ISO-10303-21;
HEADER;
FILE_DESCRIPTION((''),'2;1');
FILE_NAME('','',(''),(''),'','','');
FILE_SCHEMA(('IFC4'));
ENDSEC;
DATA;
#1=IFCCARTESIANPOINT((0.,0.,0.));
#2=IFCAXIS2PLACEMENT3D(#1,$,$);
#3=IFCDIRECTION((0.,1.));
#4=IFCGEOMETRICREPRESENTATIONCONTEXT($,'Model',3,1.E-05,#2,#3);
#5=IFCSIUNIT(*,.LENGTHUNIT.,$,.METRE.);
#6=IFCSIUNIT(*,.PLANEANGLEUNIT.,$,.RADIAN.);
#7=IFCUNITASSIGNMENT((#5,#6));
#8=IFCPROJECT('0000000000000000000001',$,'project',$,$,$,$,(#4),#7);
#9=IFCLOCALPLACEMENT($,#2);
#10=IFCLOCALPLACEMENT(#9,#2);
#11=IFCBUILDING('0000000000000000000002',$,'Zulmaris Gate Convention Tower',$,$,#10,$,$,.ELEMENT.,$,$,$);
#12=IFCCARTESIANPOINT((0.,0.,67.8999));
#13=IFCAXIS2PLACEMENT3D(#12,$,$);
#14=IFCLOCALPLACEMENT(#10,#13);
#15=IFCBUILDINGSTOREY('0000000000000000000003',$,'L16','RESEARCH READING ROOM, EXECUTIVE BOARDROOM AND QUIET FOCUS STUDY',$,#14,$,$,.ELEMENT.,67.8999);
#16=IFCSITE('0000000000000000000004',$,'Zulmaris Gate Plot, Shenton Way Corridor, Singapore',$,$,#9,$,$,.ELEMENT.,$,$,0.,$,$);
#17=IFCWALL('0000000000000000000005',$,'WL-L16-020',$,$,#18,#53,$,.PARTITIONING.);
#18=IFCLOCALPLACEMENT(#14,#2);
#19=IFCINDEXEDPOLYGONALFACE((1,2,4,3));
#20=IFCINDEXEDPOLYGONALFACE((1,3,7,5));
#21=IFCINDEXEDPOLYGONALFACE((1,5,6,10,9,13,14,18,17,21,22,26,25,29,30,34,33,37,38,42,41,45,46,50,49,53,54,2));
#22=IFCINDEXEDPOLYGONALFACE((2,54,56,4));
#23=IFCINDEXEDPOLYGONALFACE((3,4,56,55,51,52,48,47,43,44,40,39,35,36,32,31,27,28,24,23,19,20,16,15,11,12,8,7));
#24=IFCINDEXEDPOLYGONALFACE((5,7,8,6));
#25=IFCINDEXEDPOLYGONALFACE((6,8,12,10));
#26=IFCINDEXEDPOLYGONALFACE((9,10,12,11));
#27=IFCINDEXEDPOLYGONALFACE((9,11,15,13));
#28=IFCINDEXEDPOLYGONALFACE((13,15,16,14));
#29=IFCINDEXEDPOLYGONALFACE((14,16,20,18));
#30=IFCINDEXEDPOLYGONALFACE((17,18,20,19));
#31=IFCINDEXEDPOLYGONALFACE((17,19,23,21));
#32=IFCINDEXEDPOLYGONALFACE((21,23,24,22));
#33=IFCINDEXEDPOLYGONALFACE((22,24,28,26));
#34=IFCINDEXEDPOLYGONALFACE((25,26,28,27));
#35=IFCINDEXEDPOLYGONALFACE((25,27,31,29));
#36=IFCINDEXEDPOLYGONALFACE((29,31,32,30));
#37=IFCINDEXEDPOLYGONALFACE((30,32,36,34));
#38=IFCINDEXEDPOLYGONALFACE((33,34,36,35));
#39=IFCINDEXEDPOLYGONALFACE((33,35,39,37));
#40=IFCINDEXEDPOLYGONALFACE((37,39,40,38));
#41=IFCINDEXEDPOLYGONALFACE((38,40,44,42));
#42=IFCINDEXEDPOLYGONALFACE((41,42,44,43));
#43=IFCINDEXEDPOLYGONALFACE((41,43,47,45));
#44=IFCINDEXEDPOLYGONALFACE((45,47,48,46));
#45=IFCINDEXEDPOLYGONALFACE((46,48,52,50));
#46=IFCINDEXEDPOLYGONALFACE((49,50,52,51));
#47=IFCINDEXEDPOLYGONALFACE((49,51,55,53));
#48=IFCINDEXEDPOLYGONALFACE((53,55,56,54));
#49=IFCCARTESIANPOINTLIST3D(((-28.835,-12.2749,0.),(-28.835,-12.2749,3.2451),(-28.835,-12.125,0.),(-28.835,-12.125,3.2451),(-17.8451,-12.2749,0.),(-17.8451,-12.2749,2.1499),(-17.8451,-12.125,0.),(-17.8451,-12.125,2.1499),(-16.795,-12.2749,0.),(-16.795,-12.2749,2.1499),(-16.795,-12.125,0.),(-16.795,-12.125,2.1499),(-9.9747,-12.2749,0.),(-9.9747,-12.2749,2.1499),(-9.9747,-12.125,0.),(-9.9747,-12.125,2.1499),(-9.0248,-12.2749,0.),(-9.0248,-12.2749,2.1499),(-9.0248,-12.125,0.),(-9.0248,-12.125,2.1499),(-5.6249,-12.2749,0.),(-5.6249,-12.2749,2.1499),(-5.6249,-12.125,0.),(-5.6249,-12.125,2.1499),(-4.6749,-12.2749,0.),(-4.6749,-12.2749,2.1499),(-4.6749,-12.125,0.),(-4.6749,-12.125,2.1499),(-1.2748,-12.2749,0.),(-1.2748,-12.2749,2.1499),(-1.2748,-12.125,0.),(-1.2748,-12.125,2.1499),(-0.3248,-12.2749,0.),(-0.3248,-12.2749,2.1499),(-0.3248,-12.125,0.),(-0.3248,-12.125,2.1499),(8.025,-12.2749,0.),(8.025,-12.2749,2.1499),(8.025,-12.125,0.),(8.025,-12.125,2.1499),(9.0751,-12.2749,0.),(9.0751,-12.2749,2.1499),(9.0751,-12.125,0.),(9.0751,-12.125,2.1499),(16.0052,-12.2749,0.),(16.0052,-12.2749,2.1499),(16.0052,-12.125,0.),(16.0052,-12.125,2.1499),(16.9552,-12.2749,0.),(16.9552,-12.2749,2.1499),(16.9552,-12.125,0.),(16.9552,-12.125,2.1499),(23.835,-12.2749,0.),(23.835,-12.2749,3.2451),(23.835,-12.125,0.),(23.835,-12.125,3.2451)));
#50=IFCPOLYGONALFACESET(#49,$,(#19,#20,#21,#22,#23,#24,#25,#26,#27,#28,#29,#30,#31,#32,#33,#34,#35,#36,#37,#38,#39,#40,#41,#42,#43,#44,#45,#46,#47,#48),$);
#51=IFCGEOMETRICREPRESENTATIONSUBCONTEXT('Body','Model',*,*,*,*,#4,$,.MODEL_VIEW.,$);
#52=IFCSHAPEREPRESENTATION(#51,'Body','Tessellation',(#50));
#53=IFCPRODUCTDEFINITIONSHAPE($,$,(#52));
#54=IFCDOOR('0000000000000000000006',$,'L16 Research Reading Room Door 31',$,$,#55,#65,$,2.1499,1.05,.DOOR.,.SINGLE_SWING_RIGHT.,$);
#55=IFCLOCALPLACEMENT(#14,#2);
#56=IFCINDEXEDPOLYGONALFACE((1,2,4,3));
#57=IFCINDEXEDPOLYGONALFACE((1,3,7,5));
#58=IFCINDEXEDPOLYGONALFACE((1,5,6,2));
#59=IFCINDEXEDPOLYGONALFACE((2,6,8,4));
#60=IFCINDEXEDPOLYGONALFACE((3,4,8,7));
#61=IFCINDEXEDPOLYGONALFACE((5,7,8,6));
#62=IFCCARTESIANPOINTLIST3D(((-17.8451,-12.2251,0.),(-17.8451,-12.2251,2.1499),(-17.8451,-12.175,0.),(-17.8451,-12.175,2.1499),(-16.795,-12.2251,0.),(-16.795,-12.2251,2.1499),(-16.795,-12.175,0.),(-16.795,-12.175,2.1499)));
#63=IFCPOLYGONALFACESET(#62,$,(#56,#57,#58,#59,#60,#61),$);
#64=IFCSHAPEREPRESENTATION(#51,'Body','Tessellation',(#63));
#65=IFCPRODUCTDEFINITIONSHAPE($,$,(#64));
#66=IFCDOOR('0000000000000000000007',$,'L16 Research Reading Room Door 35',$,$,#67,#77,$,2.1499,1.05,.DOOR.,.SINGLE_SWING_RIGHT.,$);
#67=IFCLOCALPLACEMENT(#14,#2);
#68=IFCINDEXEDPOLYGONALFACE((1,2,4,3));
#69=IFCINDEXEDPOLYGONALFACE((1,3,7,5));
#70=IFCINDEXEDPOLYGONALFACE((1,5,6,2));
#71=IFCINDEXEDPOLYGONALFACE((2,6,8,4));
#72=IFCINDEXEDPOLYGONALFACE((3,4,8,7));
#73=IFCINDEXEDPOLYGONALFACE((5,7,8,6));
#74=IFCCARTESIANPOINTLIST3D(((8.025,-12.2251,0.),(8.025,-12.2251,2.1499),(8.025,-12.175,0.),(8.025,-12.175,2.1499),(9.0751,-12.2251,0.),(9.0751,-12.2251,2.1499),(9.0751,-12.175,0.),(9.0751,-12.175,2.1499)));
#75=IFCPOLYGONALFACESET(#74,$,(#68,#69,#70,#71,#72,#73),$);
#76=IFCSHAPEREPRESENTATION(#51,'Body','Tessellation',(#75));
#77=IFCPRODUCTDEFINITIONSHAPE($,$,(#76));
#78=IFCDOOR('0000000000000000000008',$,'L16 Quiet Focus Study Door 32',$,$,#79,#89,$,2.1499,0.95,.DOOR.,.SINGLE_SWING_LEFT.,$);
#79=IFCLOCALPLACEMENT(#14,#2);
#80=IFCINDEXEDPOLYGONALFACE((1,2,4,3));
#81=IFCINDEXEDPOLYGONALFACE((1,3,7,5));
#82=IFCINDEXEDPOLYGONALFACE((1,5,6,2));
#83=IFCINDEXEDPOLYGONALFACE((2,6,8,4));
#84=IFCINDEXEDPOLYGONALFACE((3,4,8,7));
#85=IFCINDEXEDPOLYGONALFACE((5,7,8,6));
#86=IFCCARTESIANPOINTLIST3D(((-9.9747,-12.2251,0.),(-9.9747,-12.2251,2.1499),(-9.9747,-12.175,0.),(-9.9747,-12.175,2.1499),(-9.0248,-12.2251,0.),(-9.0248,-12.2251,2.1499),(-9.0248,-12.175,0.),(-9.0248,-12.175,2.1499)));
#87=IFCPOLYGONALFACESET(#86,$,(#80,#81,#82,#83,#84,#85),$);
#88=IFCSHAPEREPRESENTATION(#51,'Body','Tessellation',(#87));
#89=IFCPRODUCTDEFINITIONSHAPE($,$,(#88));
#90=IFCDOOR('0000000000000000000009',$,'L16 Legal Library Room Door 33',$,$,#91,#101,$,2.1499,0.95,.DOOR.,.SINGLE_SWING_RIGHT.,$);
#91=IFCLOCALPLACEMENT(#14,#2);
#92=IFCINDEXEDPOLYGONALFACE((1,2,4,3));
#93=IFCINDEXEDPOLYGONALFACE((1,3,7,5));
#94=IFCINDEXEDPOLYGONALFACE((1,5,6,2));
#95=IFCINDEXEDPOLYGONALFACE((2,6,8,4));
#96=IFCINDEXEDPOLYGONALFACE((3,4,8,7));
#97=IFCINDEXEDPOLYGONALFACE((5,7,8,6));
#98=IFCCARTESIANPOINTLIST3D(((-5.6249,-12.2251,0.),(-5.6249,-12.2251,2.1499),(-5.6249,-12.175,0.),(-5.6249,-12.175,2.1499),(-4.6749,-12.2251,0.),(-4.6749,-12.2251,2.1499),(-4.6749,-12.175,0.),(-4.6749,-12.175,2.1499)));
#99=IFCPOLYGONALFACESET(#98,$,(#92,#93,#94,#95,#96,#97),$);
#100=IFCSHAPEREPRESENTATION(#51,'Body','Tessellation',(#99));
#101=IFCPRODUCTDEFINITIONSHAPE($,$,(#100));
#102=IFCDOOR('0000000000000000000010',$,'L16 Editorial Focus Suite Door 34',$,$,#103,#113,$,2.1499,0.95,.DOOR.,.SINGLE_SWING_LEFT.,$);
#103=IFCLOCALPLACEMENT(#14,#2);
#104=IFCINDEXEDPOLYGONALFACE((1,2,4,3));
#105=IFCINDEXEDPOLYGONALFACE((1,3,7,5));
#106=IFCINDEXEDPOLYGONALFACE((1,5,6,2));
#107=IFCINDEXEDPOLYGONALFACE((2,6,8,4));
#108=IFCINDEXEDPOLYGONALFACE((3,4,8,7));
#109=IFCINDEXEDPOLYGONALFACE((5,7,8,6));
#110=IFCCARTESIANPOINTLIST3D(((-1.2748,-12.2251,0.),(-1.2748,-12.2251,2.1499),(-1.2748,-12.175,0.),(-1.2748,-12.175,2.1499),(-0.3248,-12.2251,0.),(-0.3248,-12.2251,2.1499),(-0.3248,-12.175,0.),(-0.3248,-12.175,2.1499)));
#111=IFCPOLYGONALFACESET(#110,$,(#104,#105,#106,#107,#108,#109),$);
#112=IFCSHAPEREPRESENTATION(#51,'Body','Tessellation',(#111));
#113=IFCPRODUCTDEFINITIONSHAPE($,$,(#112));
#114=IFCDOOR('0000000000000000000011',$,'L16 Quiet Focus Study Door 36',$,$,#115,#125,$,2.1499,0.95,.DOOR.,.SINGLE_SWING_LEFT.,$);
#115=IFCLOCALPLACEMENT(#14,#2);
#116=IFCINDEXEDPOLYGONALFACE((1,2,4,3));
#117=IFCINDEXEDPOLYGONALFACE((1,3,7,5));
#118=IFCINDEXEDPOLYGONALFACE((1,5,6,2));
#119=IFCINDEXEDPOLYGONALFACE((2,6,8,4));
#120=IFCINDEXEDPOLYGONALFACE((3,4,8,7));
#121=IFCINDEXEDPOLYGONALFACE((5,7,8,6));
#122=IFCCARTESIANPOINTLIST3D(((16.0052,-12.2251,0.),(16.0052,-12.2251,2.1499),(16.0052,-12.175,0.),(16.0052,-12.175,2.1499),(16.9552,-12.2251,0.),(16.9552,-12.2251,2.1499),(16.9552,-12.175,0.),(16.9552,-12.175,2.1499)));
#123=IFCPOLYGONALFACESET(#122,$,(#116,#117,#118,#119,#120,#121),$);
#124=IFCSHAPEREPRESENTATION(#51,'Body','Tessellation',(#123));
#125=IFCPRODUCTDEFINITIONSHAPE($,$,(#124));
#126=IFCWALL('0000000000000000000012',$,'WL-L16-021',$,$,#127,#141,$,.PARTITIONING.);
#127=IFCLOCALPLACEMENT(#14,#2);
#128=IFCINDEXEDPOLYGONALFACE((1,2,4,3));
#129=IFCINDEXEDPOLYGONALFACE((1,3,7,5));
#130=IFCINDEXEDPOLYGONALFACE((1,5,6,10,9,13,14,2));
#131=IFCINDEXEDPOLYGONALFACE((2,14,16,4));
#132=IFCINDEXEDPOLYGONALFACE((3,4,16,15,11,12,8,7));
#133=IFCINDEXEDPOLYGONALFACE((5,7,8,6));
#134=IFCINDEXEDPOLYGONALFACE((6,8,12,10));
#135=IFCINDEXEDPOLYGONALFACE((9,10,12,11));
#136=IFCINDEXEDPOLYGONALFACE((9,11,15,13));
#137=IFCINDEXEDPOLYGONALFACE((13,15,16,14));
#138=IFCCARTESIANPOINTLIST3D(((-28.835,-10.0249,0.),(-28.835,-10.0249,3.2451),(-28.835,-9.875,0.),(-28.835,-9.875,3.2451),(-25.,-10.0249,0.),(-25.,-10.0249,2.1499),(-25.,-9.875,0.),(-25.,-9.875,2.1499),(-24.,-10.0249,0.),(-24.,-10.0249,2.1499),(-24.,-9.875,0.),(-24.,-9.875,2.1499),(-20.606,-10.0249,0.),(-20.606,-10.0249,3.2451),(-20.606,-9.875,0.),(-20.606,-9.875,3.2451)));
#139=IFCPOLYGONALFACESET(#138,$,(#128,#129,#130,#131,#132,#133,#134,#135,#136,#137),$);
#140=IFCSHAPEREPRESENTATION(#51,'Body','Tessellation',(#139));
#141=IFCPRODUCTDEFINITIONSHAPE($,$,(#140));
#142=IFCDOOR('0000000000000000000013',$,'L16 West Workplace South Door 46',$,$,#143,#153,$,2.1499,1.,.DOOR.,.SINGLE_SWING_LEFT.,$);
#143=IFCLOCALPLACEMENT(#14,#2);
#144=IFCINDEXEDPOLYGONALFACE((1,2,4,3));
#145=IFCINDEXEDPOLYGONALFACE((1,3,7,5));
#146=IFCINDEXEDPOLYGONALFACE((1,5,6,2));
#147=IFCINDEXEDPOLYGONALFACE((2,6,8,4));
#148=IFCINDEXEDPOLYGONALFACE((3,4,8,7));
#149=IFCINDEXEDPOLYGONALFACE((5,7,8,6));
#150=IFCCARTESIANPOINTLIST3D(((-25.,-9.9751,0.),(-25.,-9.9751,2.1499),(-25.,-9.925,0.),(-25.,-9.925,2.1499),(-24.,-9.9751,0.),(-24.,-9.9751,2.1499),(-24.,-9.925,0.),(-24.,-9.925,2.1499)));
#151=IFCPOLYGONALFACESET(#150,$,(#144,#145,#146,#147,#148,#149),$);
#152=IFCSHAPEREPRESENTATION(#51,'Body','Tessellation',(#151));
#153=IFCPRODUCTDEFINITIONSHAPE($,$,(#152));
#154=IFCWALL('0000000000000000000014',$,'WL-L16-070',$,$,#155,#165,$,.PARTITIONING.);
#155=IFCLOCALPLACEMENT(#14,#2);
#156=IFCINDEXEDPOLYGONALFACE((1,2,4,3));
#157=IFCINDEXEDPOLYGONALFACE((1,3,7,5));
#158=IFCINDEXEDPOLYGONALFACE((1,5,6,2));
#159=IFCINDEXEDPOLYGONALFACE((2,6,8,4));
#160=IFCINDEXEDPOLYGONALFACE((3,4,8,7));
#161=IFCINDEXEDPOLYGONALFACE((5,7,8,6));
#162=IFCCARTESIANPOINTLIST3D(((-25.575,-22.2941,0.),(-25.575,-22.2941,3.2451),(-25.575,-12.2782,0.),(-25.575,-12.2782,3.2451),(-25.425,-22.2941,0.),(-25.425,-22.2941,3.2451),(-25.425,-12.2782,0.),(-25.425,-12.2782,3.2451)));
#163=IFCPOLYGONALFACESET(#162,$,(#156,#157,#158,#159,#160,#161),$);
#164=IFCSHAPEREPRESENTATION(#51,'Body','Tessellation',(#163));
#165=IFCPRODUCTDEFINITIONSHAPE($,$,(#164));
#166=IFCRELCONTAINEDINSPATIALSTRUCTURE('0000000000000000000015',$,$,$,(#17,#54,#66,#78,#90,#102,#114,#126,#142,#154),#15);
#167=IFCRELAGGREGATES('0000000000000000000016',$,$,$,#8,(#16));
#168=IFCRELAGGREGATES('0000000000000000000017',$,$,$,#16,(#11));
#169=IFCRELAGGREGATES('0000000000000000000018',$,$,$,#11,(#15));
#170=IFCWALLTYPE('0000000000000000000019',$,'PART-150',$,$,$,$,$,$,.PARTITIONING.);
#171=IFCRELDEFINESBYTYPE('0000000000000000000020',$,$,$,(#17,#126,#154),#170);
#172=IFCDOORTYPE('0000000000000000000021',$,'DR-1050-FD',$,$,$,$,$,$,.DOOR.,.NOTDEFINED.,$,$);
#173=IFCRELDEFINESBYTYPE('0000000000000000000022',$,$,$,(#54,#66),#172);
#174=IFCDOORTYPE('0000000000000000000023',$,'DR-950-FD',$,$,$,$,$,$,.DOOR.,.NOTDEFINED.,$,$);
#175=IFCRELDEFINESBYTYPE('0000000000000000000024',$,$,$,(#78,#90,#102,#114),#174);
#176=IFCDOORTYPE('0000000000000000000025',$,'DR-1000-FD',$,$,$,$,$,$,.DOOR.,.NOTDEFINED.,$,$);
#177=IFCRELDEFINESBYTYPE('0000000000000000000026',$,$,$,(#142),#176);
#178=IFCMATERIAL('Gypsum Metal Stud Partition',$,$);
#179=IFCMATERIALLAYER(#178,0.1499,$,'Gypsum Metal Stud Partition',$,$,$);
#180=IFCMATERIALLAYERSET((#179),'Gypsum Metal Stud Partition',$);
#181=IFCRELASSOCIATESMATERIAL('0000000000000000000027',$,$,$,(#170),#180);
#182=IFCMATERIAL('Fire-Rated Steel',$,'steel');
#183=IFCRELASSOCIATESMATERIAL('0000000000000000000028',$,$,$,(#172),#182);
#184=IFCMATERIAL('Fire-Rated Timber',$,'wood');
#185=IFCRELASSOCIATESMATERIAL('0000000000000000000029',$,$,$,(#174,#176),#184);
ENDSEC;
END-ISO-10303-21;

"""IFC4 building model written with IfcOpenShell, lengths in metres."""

from ifc_helpers import new_model, si_unit, direction, frame, frame_2d, origin, place, context, subcontext, project, spatial, rectangle, extrude, material, layer, layer_set, type_object, element, fill, save


model = new_model("IFC4")

# Units and contexts
model_context = context("Model", 3, precision=1e-05, world=origin(), true_north=direction((0.0, 1.0)))
body_context = subcontext(model_context, "Body", "Model", "MODEL_VIEW")
ifc_project = project(units=[si_unit("LENGTHUNIT", "METRE"), si_unit("PLANEANGLEUNIT", "RADIAN")], contexts=[model_context])

# Site, building, storey
site_placement = place(None, origin())
site = spatial("IfcSite", under=ifc_project, at=site_placement, Name="Zulmaris Gate Plot, Shenton Way Corridor, Singapore", CompositionType="ELEMENT", RefElevation=0.0)
building_placement = place(site_placement, origin())
building = spatial("IfcBuilding", under=site, at=building_placement, Name="Zulmaris Gate Convention Tower", CompositionType="ELEMENT")
storey_placement = place(building_placement, frame((0.0, 0.0, 67.8999)))
storey = spatial("IfcBuildingStorey", under=building, at=storey_placement, Name="L16", Description="RESEARCH READING ROOM, EXECUTIVE BOARDROOM AND QUIET FOCUS STUDY", CompositionType="ELEMENT", Elevation=67.8999)

# Wall, openings, doors
ifc_material_1 = material(Name="Gypsum Metal Stud Partition")
ifc_layer_1 = layer(ifc_material_1, 0.1499, Name="Gypsum Metal Stud Partition")
ifc_layer_set_1 = layer_set([ifc_layer_1], Name="Gypsum Metal Stud Partition")
wall_type_1 = type_object("IfcWallType", Name="PART-150", PredefinedType="PARTITIONING", material=ifc_layer_set_1)
wall_1_placement = place(storey_placement, frame((-28.835, -12.2, 0.0), z_axis=(0.0, 0.0, 1.0), x_axis=(1.0, 0.0, 0.0)))
wall_1 = element("IfcWall", 1, at=wall_1_placement, inside=storey, type_object=wall_type_1, Name="WL-L16-020", PredefinedType="PARTITIONING", context=body_context, shape_type="SweptSolid", body=[
    extrude(rectangle(XDim=52.6699, YDim=0.1499, at=frame_2d((26.335, 0.0))), origin(), (0.0, 0.0, 1.0), 3.2451),
])
opening_1_placement = place(wall_1_placement, frame((10.99, 0.0, 0.0)))
opening_1 = element("IfcOpeningElement", 2, at=opening_1_placement, cuts=wall_1, PredefinedType="OPENING", context=body_context, shape_type="SweptSolid", body=[
    extrude(rectangle(XDim=1.05, YDim=2.1499, at=frame_2d((0.5249, 1.075))), frame((0.0, 0.085, 0.0), z_axis=(0.0, -1.0, 0.0), x_axis=(1.0, 0.0, 0.0)), (0.0, 0.0, 1.0), 0.1699),
])
opening_2_placement = place(wall_1_placement, frame((18.8601, 0.0, 0.0)))
opening_2 = element("IfcOpeningElement", 3, at=opening_2_placement, cuts=wall_1, PredefinedType="OPENING", context=body_context, shape_type="SweptSolid", body=[
    extrude(rectangle(XDim=0.95, YDim=2.1499, at=frame_2d((0.4751, 1.075))), frame((0.0, 0.085, 0.0), z_axis=(0.0, -1.0, 0.0), x_axis=(1.0, 0.0, 0.0)), (0.0, 0.0, 1.0), 0.1699),
])
opening_3_placement = place(wall_1_placement, frame((23.21, 0.0, 0.0)))
opening_3 = element("IfcOpeningElement", 4, at=opening_3_placement, cuts=wall_1, PredefinedType="OPENING", context=body_context, shape_type="SweptSolid", body=[
    extrude(rectangle(XDim=0.95, YDim=2.1499, at=frame_2d((0.4751, 1.075))), frame((0.0, 0.085, 0.0), z_axis=(0.0, -1.0, 0.0), x_axis=(1.0, 0.0, 0.0)), (0.0, 0.0, 1.0), 0.1699),
])
opening_4_placement = place(wall_1_placement, frame((27.5601, 0.0, 0.0)))
opening_4 = element("IfcOpeningElement", 5, at=opening_4_placement, cuts=wall_1, PredefinedType="OPENING", context=body_context, shape_type="SweptSolid", body=[
    extrude(rectangle(XDim=0.95, YDim=2.1499, at=frame_2d((0.4751, 1.075))), frame((0.0, 0.085, 0.0), z_axis=(0.0, -1.0, 0.0), x_axis=(1.0, 0.0, 0.0)), (0.0, 0.0, 1.0), 0.1699),
])
opening_5_placement = place(wall_1_placement, frame((36.8601, 0.0, 0.0)))
opening_5 = element("IfcOpeningElement", 6, at=opening_5_placement, cuts=wall_1, PredefinedType="OPENING", context=body_context, shape_type="SweptSolid", body=[
    extrude(rectangle(XDim=1.05, YDim=2.1499, at=frame_2d((0.5249, 1.075))), frame((0.0, 0.085, 0.0), z_axis=(0.0, -1.0, 0.0), x_axis=(1.0, 0.0, 0.0)), (0.0, 0.0, 1.0), 0.1699),
])
opening_6_placement = place(wall_1_placement, frame((44.8401, 0.0, 0.0)))
opening_6 = element("IfcOpeningElement", 7, at=opening_6_placement, cuts=wall_1, PredefinedType="OPENING", context=body_context, shape_type="SweptSolid", body=[
    extrude(rectangle(XDim=0.95, YDim=2.1499, at=frame_2d((0.4751, 1.075))), frame((0.0, 0.085, 0.0), z_axis=(0.0, -1.0, 0.0), x_axis=(1.0, 0.0, 0.0)), (0.0, 0.0, 1.0), 0.1699),
])
ifc_material_2 = material(Name="Fire-Rated Steel", Category="steel")
door_type_1 = type_object("IfcDoorType", Name="DR-1050-FD", OperationType="NOTDEFINED", PredefinedType="DOOR", material=ifc_material_2)
door_1_placement = place(opening_1_placement, origin())
door_1 = element("IfcDoor", 8, at=door_1_placement, inside=storey, type_object=door_type_1, Name="L16 Research Reading Room Door 31", OperationType="SINGLE_SWING_RIGHT", OverallHeight=2.1499, OverallWidth=1.05, PredefinedType="DOOR", context=body_context, shape_type="SweptSolid", body=[
    extrude(rectangle(XDim=1.05, YDim=2.1499, at=frame_2d((0.5249, 1.075))), frame((0.0, 0.0249, 0.0), z_axis=(0.0, -1.0, 0.0), x_axis=(1.0, 0.0, 0.0)), (0.0, 0.0, 1.0), 0.05),
])
fill(opening_1, door_1)
door_2_placement = place(opening_5_placement, origin())
door_2 = element("IfcDoor", 9, at=door_2_placement, inside=storey, type_object=door_type_1, Name="L16 Research Reading Room Door 35", OperationType="SINGLE_SWING_RIGHT", OverallHeight=2.1499, OverallWidth=1.05, PredefinedType="DOOR", context=body_context, shape_type="SweptSolid", body=[
    extrude(rectangle(XDim=1.05, YDim=2.1499, at=frame_2d((0.5249, 1.075))), frame((0.0, 0.0249, 0.0), z_axis=(0.0, -1.0, 0.0), x_axis=(1.0, 0.0, 0.0)), (0.0, 0.0, 1.0), 0.05),
])
fill(opening_5, door_2)
ifc_material_3 = material(Name="Fire-Rated Timber", Category="wood")
door_type_2 = type_object("IfcDoorType", Name="DR-950-FD", OperationType="NOTDEFINED", PredefinedType="DOOR", material=ifc_material_3)
door_3_placement = place(opening_2_placement, origin())
door_3 = element("IfcDoor", 10, at=door_3_placement, inside=storey, type_object=door_type_2, Name="L16 Quiet Focus Study Door 32", OperationType="SINGLE_SWING_LEFT", OverallHeight=2.1499, OverallWidth=0.95, PredefinedType="DOOR", context=body_context, shape_type="SweptSolid", body=[
    extrude(rectangle(XDim=0.95, YDim=2.1499, at=frame_2d((0.4751, 1.075))), frame((0.0, 0.0249, 0.0), z_axis=(0.0, -1.0, 0.0), x_axis=(1.0, 0.0, 0.0)), (0.0, 0.0, 1.0), 0.05),
])
fill(opening_2, door_3)
door_4_placement = place(opening_3_placement, origin())
door_4 = element("IfcDoor", 11, at=door_4_placement, inside=storey, type_object=door_type_2, Name="L16 Legal Library Room Door 33", OperationType="SINGLE_SWING_RIGHT", OverallHeight=2.1499, OverallWidth=0.95, PredefinedType="DOOR", context=body_context, shape_type="SweptSolid", body=[
    extrude(rectangle(XDim=0.95, YDim=2.1499, at=frame_2d((0.4751, 1.075))), frame((0.0, 0.0249, 0.0), z_axis=(0.0, -1.0, 0.0), x_axis=(1.0, 0.0, 0.0)), (0.0, 0.0, 1.0), 0.05),
])
fill(opening_3, door_4)
door_5_placement = place(opening_4_placement, origin())
door_5 = element("IfcDoor", 12, at=door_5_placement, inside=storey, type_object=door_type_2, Name="L16 Editorial Focus Suite Door 34", OperationType="SINGLE_SWING_LEFT", OverallHeight=2.1499, OverallWidth=0.95, PredefinedType="DOOR", context=body_context, shape_type="SweptSolid", body=[
    extrude(rectangle(XDim=0.95, YDim=2.1499, at=frame_2d((0.4751, 1.075))), frame((0.0, 0.0249, 0.0), z_axis=(0.0, -1.0, 0.0), x_axis=(1.0, 0.0, 0.0)), (0.0, 0.0, 1.0), 0.05),
])
fill(opening_4, door_5)
door_6_placement = place(opening_6_placement, origin())
door_6 = element("IfcDoor", 13, at=door_6_placement, inside=storey, type_object=door_type_2, Name="L16 Quiet Focus Study Door 36", OperationType="SINGLE_SWING_LEFT", OverallHeight=2.1499, OverallWidth=0.95, PredefinedType="DOOR", context=body_context, shape_type="SweptSolid", body=[
    extrude(rectangle(XDim=0.95, YDim=2.1499, at=frame_2d((0.4751, 1.075))), frame((0.0, 0.0249, 0.0), z_axis=(0.0, -1.0, 0.0), x_axis=(1.0, 0.0, 0.0)), (0.0, 0.0, 1.0), 0.05),
])
fill(opening_6, door_6)

# Wall, opening, door
wall_2_placement = place(storey_placement, frame((-28.835, -9.95, 0.0), z_axis=(0.0, 0.0, 1.0), x_axis=(1.0, 0.0, 0.0)))
wall_2 = element("IfcWall", 14, at=wall_2_placement, inside=storey, type_object=wall_type_1, Name="WL-L16-021", PredefinedType="PARTITIONING", context=body_context, shape_type="SweptSolid", body=[
    extrude(rectangle(XDim=8.229, YDim=0.1499, at=frame_2d((4.1145, 0.0))), origin(), (0.0, 0.0, 1.0), 3.2451),
])
opening_7_placement = place(wall_2_placement, frame((3.835, 0.0, 0.0)))
opening_7 = element("IfcOpeningElement", 15, at=opening_7_placement, cuts=wall_2, PredefinedType="OPENING", context=body_context, shape_type="SweptSolid", body=[
    extrude(rectangle(XDim=1.0, YDim=2.1499, at=frame_2d((0.5, 1.075))), frame((0.0, 0.085, 0.0), z_axis=(0.0, -1.0, 0.0), x_axis=(1.0, 0.0, 0.0)), (0.0, 0.0, 1.0), 0.1699),
])
door_type_3 = type_object("IfcDoorType", Name="DR-1000-FD", OperationType="NOTDEFINED", PredefinedType="DOOR", material=ifc_material_3)
door_7_placement = place(opening_7_placement, origin())
door_7 = element("IfcDoor", 16, at=door_7_placement, inside=storey, type_object=door_type_3, Name="L16 West Workplace South Door 46", OperationType="SINGLE_SWING_LEFT", OverallHeight=2.1499, OverallWidth=1.0, PredefinedType="DOOR", context=body_context, shape_type="SweptSolid", body=[
    extrude(rectangle(XDim=1.0, YDim=2.1499, at=frame_2d((0.5, 1.075))), frame((0.0, 0.0249, 0.0), z_axis=(0.0, -1.0, 0.0), x_axis=(1.0, 0.0, 0.0)), (0.0, 0.0, 1.0), 0.05),
])
fill(opening_7, door_7)

# Wall
wall_3_placement = place(storey_placement, frame((-25.5, -22.2939, 0.0), z_axis=(0.0, 0.0, 1.0), x_axis=(0.0, 1.0, 0.0)))
element("IfcWall", 17, at=wall_3_placement, inside=storey, type_object=wall_type_1, Name="WL-L16-070", PredefinedType="PARTITIONING", context=body_context, shape_type="SweptSolid", body=[
    extrude(rectangle(XDim=10.0159, YDim=0.1499, at=frame_2d((5.0078, 0.0))), origin(), (0.0, 0.0, 1.0), 3.2451),
])

save(model, "model.ifc")
